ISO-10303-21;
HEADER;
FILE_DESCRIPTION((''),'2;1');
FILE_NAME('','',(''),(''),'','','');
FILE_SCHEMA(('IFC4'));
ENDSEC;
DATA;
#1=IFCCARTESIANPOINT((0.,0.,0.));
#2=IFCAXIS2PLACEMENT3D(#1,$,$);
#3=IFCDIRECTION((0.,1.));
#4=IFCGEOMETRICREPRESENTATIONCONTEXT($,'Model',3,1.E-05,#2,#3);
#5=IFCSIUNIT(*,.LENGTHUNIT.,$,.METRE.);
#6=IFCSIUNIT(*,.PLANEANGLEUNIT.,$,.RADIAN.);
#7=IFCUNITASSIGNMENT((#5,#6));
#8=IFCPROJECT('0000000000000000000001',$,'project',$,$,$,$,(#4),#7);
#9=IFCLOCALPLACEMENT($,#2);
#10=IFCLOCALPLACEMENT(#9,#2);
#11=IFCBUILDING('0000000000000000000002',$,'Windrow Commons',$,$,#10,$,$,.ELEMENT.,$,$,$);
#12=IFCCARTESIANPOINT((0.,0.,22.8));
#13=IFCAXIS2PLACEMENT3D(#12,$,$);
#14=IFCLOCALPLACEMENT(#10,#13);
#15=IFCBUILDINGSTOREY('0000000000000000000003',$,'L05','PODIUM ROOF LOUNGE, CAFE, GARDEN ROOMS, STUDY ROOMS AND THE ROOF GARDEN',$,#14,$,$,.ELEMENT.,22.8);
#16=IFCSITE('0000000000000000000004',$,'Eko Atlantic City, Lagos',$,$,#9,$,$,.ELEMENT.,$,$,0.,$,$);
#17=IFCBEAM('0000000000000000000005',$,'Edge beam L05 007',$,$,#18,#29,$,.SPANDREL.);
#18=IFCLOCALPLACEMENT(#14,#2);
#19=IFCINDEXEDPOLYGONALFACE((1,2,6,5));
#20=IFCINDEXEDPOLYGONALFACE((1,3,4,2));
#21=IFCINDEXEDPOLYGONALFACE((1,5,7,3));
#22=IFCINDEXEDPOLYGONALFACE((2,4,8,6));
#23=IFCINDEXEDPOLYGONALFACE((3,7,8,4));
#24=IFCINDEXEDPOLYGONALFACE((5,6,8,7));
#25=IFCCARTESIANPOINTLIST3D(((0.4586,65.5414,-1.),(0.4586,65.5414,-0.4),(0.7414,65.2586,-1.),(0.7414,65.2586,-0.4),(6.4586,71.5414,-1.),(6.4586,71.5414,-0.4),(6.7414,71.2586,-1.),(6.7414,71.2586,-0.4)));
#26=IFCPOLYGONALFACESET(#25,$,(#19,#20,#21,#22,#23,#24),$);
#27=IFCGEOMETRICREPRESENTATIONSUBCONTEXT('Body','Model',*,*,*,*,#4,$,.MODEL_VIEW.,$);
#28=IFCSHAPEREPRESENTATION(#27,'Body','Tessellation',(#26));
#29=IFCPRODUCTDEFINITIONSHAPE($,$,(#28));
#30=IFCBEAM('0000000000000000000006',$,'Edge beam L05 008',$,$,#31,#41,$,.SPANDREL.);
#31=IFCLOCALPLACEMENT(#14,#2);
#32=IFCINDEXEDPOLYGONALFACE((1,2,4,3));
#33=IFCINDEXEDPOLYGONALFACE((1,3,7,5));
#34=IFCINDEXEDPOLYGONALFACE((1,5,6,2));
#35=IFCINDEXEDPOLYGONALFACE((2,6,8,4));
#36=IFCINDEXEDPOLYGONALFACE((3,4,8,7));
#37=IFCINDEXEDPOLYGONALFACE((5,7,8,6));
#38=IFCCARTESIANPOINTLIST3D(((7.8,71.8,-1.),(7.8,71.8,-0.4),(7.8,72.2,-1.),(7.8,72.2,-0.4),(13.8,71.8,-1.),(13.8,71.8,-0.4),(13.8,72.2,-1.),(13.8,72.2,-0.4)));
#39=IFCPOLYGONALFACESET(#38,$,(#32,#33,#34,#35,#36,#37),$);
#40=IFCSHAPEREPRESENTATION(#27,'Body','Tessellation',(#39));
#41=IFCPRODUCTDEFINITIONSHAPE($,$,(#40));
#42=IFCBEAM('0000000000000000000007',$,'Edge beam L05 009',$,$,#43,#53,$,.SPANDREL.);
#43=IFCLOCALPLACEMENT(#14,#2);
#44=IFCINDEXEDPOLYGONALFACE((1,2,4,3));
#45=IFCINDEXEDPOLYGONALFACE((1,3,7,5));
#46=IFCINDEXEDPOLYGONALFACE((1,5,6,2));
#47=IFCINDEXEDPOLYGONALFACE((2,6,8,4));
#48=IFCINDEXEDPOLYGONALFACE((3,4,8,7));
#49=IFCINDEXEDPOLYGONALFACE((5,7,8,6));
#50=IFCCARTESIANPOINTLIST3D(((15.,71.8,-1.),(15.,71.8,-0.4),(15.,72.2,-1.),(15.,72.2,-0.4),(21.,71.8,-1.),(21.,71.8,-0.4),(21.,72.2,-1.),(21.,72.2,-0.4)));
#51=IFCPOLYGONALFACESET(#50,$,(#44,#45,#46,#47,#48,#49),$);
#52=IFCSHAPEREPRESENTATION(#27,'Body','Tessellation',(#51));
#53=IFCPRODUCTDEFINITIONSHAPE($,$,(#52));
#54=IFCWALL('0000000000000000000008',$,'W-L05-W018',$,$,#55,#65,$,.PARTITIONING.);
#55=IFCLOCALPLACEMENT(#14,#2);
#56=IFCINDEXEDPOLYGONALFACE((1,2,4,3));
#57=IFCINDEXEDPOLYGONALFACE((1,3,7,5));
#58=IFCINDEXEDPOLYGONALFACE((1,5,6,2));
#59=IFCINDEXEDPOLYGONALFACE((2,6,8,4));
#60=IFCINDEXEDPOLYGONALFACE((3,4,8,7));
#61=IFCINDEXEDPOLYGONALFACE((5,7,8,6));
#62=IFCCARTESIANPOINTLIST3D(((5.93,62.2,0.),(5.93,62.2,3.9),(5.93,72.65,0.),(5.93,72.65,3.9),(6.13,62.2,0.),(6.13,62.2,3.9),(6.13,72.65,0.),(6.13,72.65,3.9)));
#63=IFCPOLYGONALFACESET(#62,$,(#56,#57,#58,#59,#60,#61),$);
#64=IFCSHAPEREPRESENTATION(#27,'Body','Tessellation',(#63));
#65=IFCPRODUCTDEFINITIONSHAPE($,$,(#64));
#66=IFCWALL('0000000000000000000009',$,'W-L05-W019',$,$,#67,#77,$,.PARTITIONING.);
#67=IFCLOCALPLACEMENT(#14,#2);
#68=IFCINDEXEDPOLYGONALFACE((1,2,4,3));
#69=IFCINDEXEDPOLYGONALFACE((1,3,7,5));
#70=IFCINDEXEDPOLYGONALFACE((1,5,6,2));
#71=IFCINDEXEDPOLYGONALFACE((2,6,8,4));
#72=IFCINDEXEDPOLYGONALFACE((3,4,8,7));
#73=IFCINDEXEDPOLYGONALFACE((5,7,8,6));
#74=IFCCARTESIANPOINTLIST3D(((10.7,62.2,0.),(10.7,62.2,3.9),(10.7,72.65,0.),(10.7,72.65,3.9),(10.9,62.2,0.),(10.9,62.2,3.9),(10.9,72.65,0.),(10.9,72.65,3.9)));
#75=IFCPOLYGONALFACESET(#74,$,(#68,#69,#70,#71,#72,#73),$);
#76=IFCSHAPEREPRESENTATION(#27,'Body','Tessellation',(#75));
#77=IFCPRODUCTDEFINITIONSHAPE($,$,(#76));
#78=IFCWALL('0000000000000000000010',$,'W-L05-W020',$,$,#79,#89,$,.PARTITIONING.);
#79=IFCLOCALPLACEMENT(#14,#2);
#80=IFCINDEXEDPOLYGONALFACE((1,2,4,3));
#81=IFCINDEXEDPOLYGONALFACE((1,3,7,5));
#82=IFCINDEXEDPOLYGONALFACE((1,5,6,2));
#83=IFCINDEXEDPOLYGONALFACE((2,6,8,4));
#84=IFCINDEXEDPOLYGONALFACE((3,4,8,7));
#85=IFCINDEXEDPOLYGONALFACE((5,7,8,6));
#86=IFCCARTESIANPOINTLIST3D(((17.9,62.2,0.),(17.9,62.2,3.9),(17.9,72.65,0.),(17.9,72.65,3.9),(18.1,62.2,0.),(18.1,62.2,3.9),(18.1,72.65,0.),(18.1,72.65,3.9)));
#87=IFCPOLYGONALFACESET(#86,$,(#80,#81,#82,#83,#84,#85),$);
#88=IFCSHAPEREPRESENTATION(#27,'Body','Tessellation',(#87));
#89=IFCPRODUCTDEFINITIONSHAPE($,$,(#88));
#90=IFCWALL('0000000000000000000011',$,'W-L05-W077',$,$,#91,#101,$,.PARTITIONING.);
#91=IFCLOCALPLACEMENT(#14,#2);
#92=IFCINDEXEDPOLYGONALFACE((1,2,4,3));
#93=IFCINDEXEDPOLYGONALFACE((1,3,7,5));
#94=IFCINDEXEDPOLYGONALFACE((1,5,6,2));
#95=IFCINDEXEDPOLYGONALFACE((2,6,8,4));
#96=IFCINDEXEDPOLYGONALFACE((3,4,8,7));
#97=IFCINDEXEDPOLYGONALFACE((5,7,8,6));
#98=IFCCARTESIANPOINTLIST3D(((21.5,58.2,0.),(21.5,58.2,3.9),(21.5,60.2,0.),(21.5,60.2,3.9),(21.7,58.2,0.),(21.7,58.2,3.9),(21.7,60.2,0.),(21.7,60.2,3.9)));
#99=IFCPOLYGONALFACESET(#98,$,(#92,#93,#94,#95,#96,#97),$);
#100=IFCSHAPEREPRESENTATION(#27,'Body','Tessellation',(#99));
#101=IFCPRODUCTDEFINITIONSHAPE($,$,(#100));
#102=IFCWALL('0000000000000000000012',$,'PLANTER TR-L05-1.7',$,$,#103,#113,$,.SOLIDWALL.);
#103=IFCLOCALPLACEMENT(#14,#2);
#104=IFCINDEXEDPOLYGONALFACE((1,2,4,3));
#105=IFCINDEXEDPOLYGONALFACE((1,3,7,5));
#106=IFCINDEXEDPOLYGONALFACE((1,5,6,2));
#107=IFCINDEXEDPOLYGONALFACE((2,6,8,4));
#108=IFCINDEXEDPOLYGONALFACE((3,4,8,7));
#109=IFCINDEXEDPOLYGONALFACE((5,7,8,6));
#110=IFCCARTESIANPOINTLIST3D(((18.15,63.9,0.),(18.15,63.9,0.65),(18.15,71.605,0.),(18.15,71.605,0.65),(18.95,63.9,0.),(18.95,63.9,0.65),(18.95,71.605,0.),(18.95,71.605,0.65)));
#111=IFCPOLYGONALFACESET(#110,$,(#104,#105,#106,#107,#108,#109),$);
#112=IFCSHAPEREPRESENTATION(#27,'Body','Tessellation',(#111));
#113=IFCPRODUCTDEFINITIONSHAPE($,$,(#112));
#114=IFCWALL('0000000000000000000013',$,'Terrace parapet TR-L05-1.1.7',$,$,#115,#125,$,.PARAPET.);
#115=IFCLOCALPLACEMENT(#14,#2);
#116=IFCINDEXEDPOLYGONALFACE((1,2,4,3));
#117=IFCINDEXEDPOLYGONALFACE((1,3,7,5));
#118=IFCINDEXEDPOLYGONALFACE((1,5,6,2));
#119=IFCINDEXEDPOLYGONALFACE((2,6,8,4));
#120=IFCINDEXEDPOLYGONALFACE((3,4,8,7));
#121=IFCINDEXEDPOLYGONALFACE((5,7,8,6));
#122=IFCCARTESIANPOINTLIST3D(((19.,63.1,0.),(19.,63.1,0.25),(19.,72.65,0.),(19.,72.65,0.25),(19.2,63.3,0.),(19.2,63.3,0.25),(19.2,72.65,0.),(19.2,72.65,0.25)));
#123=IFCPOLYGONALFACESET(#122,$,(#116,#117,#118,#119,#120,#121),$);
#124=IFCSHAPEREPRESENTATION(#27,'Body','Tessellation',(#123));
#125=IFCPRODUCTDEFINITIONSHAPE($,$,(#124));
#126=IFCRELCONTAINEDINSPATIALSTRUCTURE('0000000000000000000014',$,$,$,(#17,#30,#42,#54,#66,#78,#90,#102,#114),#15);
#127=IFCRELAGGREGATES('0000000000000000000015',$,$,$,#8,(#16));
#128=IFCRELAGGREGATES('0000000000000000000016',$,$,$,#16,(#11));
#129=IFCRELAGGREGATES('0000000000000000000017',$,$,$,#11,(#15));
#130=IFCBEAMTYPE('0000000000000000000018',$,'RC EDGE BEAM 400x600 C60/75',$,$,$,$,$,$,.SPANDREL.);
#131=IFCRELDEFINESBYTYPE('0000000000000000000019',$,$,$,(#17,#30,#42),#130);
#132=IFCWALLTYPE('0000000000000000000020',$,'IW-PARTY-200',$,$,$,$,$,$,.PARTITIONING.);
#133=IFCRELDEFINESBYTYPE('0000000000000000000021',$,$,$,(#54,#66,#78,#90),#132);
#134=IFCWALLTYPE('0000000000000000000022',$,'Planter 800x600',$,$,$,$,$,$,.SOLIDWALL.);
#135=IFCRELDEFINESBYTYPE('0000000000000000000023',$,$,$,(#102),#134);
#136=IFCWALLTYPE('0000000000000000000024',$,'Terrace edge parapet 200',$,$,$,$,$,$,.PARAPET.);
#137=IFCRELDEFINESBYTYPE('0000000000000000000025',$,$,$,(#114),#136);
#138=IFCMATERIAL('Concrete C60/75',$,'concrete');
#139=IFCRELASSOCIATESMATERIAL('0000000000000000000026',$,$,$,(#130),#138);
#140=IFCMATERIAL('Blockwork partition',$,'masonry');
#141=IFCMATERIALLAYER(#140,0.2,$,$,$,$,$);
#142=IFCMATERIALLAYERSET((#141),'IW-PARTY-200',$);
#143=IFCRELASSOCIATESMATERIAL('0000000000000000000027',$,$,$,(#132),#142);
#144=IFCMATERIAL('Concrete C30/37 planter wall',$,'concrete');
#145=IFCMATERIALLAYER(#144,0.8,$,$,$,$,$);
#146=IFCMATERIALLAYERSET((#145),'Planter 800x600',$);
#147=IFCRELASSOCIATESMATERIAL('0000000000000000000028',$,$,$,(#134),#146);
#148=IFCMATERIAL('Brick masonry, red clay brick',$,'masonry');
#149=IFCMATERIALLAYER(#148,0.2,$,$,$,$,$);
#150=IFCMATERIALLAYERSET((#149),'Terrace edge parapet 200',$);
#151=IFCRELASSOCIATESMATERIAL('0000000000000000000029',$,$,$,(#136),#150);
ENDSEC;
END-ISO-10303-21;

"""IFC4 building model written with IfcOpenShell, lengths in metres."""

from ifc_helpers import new_model, si_unit, direction, frame, frame_2d, origin, origin_2d, place, context, subcontext, project, spatial, polyline, rectangle, outline, extrude, material, layer, layer_set, material_profile, profile_set, type_object, element, save


model = new_model("IFC4")

# Units and contexts
model_context = context("Model", 3, precision=1e-05, world=origin(), true_north=direction((0.0, 1.0)))
body_context = subcontext(model_context, "Body", "Model", "MODEL_VIEW")
ifc_project = project(units=[si_unit("LENGTHUNIT", "METRE"), si_unit("PLANEANGLEUNIT", "RADIAN")], contexts=[model_context])

# Site, building, storey
site_placement = place(None, origin())
site = spatial("IfcSite", under=ifc_project, at=site_placement, Name="Eko Atlantic City, Lagos", CompositionType="ELEMENT", RefElevation=0.0)
building_placement = place(site_placement, origin())
building = spatial("IfcBuilding", under=site, at=building_placement, Name="Windrow Commons", CompositionType="ELEMENT")
storey_placement = place(building_placement, frame((0.0, 0.0, 22.8)))
storey = spatial("IfcBuildingStorey", under=building, at=storey_placement, Name="L05", Description="PODIUM ROOF LOUNGE, CAFE, GARDEN ROOMS, STUDY ROOMS AND THE ROOF GARDEN", CompositionType="ELEMENT", Elevation=22.8)

# Beams
ifc_material_1 = material(Name="Concrete C60/75", Category="concrete")
ifc_material_profile = material_profile(ifc_material_1, rectangle(XDim=0.4, YDim=0.6, at=origin_2d()))
ifc_profile_set = profile_set([ifc_material_profile], Name="Concrete C60/75")
beam_type = type_object("IfcBeamType", Name="RC EDGE BEAM 400x600 C60/75", PredefinedType="SPANDREL", material=ifc_profile_set)
beam_placement = place(storey_placement, frame((0.6, 65.4, -0.7), z_axis=(0.707107, 0.707107, 0.0), x_axis=(-0.707107, 0.707107, 0.0)))
element("IfcBeam", 1, at=beam_placement, inside=storey, type_object=beam_type, Name="Edge beam L05 007", PredefinedType="SPANDREL", context=body_context, shape_type="SweptSolid", body=[
    extrude(rectangle(XDim=0.4, YDim=0.6, at=origin_2d()), origin(), (0.0, 0.0, 1.0), 8.4853),
])
for number, where, z_axis, x_axis, name in (
    (2, (7.8, 72.0, -0.7), (1.0, 0.0, 0.0), (0.0, 1.0, 0.0), "Edge beam L05 008"),
    (3, (15.0, 72.0, -0.7), (1.0, 0.0, 0.0), (0.0, 1.0, 0.0), "Edge beam L05 009"),
):
    element("IfcBeam", number, at=place(storey_placement, frame(where, z_axis=z_axis, x_axis=x_axis)), inside=storey, type_object=beam_type, Name=name, PredefinedType="SPANDREL", context=body_context, shape_type="SweptSolid", body=[
        extrude(rectangle(XDim=0.4, YDim=0.6, at=origin_2d()), origin(), (0.0, 0.0, 1.0), 6.0),
    ])

# Walls
ifc_material_2 = material(Name="Blockwork partition", Category="masonry")
ifc_layer_1 = layer(ifc_material_2, 0.2)
ifc_layer_set_1 = layer_set([ifc_layer_1], Name="IW-PARTY-200")
wall_type_1 = type_object("IfcWallType", Name="IW-PARTY-200", PredefinedType="PARTITIONING", material=ifc_layer_set_1)
for number, where, z_axis, x_axis, name in (
    (4, (6.03, 62.2, 0.0), (0.0, 0.0, 1.0), (0.0, 1.0, 0.0), "W-L05-W018"),
    (5, (10.8, 62.2, 0.0), (0.0, 0.0, 1.0), (0.0, 1.0, 0.0), "W-L05-W019"),
    (6, (18.0, 62.2, 0.0), (0.0, 0.0, 1.0), (0.0, 1.0, 0.0), "W-L05-W020"),
):
    element("IfcWall", number, at=place(storey_placement, frame(where, z_axis=z_axis, x_axis=x_axis)), inside=storey, type_object=wall_type_1, Name=name, PredefinedType="PARTITIONING", context=body_context, shape_type="SweptSolid", body=[
        extrude(rectangle(XDim=10.45, YDim=0.2, at=frame_2d((5.225, 0.0))), origin(), (0.0, 0.0, 1.0), 3.9),
    ])
wall_1_placement = place(storey_placement, frame((21.6, 58.2, 0.0), z_axis=(0.0, 0.0, 1.0), x_axis=(0.0, 1.0, 0.0)))
element("IfcWall", 7, at=wall_1_placement, inside=storey, type_object=wall_type_1, Name="W-L05-W077", PredefinedType="PARTITIONING", context=body_context, shape_type="SweptSolid", body=[
    extrude(rectangle(XDim=2.0, YDim=0.2, at=frame_2d((1.0, 0.0))), origin(), (0.0, 0.0, 1.0), 3.9),
])
ifc_material_3 = material(Name="Concrete C30/37 planter wall", Category="concrete")
ifc_layer_2 = layer(ifc_material_3, 0.8)
ifc_layer_set_2 = layer_set([ifc_layer_2], Name="Planter 800x600")
wall_type_2 = type_object("IfcWallType", Name="Planter 800x600", PredefinedType="SOLIDWALL", material=ifc_layer_set_2)
wall_2_placement = place(storey_placement, frame((18.55, 63.9, 0.0), z_axis=(0.0, 0.0, 1.0), x_axis=(0.0, 1.0, 0.0)))
element("IfcWall", 8, at=wall_2_placement, inside=storey, type_object=wall_type_2, Name="PLANTER TR-L05-1.7", PredefinedType="SOLIDWALL", context=body_context, shape_type="SweptSolid", body=[
    extrude(outline(polyline([(0.0, -0.4), (7.705, -0.4), (7.705, 0.4), (0.0, 0.4), (0.0, -0.4)])), origin(), (0.0, 0.0, 1.0), 0.65),
])
ifc_material_4 = material(Name="Brick masonry, red clay brick", Category="masonry")
ifc_layer_3 = layer(ifc_material_4, 0.2)
ifc_layer_set_3 = layer_set([ifc_layer_3], Name="Terrace edge parapet 200")
wall_type_3 = type_object("IfcWallType", Name="Terrace edge parapet 200", PredefinedType="PARAPET", material=ifc_layer_set_3)
wall_3_placement = place(storey_placement, frame((19.1, 63.2, 0.0), z_axis=(0.0, 0.0, 1.0), x_axis=(0.0, 1.0, 0.0)))
element("IfcWall", 9, at=wall_3_placement, inside=storey, type_object=wall_type_3, Name="Terrace parapet TR-L05-1.1.7", PredefinedType="PARAPET", context=body_context, shape_type="SweptSolid", body=[
    extrude(outline(polyline([(0.1, -0.1), (9.45, -0.1), (9.45, 0.1), (-0.1, 0.1), (0.1, -0.1)])), origin(), (0.0, 0.0, 1.0), 0.25),
])

save(model, "model.ifc")
